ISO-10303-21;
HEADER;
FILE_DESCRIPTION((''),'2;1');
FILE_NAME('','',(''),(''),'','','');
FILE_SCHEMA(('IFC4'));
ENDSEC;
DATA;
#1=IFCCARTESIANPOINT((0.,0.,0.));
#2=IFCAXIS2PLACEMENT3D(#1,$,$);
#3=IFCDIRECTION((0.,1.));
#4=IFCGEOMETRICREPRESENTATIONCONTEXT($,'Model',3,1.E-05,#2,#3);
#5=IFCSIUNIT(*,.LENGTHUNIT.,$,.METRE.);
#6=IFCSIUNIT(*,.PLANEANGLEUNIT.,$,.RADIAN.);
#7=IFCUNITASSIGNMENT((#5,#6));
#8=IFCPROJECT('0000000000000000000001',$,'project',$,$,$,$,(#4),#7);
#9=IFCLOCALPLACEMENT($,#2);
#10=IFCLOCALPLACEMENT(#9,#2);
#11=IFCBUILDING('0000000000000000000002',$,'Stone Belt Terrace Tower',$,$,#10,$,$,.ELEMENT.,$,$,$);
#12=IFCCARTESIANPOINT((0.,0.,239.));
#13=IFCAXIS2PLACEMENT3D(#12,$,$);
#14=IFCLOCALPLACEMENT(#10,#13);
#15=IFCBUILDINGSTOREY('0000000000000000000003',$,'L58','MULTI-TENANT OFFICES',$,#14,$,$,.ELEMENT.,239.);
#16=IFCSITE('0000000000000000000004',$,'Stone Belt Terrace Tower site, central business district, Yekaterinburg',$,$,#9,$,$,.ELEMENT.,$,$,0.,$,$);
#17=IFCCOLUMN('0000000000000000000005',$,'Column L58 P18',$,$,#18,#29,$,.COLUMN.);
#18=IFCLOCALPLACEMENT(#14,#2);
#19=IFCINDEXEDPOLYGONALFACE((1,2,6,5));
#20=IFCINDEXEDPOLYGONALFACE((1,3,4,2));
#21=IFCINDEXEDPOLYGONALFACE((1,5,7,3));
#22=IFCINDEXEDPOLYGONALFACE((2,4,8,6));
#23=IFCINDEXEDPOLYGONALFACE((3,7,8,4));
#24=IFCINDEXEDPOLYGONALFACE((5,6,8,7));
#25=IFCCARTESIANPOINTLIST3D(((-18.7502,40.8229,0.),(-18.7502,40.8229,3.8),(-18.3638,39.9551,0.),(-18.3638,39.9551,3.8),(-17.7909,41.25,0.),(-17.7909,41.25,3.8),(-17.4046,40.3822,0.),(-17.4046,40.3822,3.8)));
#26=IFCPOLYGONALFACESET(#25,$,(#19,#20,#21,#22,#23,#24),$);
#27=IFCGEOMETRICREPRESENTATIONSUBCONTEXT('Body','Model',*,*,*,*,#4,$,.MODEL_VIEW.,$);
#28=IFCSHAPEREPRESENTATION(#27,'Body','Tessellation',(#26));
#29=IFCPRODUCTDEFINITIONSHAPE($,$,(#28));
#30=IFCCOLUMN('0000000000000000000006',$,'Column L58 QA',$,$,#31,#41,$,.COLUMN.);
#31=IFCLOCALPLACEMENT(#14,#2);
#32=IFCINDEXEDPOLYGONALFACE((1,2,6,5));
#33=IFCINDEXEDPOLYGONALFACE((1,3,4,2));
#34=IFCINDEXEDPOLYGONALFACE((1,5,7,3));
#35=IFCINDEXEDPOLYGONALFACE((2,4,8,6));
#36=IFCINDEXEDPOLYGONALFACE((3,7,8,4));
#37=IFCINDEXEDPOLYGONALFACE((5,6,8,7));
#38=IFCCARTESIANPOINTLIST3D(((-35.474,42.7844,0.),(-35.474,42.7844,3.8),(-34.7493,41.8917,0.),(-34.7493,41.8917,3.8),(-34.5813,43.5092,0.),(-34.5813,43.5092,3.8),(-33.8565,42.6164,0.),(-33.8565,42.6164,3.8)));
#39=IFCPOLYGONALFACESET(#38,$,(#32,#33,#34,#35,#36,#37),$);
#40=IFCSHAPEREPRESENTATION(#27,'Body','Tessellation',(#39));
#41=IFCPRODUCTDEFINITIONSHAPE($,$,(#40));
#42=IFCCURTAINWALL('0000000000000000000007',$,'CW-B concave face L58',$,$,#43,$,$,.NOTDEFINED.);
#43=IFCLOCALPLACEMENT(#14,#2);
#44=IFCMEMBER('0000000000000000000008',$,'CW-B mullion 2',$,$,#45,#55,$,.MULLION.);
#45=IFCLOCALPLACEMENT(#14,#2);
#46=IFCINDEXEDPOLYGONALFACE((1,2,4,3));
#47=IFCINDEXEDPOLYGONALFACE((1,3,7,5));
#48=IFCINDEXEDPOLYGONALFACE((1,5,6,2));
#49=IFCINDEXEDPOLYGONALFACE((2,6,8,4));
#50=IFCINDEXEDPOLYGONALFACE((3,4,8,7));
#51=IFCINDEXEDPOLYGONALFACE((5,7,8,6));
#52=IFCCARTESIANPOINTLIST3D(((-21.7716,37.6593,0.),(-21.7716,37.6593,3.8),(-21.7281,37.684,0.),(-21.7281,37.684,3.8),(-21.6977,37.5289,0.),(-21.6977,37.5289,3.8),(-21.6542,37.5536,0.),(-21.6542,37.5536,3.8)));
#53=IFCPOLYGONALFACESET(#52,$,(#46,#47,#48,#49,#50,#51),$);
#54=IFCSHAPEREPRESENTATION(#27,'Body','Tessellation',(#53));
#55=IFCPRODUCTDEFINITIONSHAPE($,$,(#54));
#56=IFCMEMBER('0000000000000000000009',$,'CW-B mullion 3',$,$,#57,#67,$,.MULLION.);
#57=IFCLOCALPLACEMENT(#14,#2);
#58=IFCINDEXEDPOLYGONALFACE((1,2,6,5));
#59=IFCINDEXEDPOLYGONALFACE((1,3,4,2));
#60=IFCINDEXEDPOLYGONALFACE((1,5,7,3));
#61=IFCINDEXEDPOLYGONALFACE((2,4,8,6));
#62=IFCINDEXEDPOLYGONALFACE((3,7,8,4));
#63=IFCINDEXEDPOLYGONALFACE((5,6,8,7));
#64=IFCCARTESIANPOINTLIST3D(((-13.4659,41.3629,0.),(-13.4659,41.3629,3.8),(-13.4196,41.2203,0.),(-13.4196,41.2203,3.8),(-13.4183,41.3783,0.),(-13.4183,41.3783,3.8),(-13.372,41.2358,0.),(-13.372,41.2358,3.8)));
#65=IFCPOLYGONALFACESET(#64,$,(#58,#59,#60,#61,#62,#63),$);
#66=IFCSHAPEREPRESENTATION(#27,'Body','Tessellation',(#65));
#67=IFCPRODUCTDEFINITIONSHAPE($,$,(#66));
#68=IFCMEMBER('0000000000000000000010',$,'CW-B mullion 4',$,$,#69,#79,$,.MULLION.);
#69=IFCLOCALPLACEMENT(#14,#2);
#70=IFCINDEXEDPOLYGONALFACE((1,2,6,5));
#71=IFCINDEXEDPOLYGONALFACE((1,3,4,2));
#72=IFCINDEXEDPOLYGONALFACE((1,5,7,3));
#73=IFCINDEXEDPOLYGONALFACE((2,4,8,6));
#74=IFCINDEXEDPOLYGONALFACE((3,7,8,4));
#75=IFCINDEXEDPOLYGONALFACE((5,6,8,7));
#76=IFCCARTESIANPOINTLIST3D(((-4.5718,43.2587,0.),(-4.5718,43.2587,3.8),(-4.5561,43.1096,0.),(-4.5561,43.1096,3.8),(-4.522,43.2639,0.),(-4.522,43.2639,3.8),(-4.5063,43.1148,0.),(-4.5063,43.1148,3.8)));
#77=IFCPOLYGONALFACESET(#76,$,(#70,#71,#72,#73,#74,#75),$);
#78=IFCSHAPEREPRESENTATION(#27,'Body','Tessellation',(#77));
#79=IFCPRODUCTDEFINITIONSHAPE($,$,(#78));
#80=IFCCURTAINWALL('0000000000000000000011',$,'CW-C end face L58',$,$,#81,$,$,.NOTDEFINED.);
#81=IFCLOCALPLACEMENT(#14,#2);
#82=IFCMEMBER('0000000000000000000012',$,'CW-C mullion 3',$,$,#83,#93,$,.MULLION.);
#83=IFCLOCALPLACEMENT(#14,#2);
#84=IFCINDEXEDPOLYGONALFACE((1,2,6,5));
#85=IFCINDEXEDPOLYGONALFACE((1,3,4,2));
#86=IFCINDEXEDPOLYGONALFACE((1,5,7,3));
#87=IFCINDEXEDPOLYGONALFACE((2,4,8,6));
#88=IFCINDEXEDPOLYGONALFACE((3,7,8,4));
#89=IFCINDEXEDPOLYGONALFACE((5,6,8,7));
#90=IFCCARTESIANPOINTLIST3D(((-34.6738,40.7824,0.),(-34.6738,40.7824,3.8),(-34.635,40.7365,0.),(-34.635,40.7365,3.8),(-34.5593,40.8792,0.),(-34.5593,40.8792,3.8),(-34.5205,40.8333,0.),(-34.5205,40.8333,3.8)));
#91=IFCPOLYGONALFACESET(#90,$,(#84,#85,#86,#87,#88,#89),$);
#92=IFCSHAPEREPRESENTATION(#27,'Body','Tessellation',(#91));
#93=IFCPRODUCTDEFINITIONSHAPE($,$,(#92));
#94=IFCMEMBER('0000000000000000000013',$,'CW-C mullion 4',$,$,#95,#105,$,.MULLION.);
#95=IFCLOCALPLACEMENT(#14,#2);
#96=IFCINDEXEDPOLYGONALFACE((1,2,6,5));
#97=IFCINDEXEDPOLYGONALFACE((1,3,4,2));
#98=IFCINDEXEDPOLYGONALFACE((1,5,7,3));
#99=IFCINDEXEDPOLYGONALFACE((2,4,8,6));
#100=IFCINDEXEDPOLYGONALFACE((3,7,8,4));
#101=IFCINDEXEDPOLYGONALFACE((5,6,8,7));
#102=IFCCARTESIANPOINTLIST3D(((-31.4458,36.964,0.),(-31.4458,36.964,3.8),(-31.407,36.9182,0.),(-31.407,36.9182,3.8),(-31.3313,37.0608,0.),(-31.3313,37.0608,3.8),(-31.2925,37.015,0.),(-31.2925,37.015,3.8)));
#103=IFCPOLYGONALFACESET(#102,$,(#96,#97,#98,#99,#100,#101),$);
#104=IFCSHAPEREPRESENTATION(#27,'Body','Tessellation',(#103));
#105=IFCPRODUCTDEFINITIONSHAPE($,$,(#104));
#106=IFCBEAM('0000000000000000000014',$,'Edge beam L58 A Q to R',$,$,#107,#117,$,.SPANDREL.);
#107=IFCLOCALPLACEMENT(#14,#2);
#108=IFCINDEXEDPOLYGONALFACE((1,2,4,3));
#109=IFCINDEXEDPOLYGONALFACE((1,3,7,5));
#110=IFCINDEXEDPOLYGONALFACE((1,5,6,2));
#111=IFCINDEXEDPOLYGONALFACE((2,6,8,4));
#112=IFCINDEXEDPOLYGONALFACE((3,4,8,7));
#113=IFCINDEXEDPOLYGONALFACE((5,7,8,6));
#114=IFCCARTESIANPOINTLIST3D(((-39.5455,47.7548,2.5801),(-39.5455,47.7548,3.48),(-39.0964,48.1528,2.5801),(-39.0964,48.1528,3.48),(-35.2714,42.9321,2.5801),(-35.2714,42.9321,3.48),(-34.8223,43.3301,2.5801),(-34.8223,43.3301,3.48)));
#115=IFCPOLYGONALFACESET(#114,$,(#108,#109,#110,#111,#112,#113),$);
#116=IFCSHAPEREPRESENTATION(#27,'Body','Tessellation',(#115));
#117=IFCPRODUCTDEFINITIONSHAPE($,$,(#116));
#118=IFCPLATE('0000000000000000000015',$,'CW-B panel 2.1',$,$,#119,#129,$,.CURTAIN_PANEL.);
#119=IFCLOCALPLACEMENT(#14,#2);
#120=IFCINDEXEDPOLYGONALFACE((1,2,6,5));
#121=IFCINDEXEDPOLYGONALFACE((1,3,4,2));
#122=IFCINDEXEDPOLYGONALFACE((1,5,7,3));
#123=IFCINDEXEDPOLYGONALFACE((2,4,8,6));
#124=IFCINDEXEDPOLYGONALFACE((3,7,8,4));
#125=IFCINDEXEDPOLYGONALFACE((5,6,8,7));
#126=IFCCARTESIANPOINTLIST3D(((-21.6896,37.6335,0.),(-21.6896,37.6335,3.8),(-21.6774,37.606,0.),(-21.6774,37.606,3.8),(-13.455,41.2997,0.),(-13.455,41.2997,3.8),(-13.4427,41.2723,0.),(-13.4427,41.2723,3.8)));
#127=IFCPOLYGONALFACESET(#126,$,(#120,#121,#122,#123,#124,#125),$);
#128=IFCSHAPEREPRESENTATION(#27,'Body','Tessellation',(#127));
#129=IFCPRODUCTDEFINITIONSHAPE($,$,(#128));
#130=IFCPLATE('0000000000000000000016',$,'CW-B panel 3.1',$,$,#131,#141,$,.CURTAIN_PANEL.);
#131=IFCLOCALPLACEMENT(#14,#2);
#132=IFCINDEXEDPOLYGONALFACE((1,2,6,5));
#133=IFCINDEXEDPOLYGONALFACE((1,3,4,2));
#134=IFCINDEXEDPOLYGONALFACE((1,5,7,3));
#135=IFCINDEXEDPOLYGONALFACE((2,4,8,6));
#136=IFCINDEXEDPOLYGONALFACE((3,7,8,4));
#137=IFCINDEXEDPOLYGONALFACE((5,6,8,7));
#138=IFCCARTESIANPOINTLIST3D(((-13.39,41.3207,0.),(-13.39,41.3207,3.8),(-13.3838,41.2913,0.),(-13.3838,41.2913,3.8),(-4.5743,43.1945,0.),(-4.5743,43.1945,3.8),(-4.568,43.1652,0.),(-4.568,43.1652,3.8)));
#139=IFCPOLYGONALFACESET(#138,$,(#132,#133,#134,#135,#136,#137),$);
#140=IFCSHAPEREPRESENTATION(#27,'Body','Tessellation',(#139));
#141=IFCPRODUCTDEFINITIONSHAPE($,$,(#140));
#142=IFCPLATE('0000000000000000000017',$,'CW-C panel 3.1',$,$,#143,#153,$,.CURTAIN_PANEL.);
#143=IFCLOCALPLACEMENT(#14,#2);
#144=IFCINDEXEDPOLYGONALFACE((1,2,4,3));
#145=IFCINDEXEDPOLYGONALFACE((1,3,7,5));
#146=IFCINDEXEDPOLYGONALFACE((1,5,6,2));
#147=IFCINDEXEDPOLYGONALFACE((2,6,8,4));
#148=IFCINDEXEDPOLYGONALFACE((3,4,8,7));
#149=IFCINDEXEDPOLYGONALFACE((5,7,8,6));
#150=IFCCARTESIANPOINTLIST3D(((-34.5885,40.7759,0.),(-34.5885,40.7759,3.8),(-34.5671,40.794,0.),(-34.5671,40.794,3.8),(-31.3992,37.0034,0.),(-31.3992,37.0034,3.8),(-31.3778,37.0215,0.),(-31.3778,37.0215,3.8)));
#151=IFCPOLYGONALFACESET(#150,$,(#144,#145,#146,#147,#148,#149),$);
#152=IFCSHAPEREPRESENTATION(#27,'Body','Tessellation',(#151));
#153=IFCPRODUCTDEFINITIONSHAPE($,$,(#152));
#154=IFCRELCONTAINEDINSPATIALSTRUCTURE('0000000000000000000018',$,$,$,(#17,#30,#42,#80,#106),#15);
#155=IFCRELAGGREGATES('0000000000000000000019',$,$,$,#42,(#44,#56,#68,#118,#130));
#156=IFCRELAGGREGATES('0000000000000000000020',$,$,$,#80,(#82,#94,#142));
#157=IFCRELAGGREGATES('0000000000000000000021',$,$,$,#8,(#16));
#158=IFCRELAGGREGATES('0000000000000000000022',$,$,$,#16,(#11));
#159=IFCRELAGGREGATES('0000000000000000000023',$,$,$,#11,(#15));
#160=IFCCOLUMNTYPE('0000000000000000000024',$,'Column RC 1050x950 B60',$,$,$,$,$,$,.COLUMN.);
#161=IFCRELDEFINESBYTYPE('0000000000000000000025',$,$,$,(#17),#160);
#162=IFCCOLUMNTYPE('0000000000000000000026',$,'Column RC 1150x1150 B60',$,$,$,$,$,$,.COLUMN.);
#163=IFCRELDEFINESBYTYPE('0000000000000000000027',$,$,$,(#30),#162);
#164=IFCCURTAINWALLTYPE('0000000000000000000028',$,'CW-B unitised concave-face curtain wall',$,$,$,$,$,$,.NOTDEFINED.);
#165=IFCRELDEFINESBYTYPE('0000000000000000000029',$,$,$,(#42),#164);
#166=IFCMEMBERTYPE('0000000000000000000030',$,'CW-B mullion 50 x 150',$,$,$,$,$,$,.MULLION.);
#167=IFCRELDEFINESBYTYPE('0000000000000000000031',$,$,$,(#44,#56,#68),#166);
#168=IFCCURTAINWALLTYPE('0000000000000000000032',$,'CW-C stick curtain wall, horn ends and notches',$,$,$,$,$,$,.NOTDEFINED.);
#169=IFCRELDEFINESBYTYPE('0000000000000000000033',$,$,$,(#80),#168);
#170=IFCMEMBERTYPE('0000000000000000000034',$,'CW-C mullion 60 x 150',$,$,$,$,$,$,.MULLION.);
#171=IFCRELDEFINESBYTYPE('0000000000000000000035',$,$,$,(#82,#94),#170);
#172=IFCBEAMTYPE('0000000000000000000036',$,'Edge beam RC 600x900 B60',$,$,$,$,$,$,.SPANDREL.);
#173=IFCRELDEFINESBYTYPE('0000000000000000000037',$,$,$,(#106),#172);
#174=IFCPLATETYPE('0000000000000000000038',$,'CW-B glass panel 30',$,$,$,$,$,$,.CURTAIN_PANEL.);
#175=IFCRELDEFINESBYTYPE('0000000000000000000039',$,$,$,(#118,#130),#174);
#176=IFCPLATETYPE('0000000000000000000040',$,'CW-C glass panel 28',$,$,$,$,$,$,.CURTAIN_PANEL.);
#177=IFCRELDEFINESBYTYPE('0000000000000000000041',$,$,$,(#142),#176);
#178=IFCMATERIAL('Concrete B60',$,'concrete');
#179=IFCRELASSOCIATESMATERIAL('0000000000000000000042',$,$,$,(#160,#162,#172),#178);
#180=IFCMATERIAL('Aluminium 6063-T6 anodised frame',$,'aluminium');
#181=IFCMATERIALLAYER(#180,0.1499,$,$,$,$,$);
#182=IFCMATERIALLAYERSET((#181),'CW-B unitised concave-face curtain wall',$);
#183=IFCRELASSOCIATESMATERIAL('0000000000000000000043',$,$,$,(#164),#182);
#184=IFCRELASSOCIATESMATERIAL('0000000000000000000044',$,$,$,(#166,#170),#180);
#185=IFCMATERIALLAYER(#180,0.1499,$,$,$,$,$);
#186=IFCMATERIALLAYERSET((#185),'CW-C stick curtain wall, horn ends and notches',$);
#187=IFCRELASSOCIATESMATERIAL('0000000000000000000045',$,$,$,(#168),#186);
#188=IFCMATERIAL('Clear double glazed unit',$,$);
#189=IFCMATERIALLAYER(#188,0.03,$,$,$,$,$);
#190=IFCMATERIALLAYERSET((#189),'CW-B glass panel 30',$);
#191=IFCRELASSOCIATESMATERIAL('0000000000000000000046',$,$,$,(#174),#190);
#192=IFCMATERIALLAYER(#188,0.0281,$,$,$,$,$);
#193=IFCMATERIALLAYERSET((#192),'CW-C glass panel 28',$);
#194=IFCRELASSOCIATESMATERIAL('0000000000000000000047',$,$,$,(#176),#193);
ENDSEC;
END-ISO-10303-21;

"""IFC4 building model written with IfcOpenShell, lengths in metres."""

from ifc_helpers import new_model, si_unit, direction, frame, origin, origin_2d, place, context, subcontext, project, spatial, rectangle, extrude, material, layer, layer_set, material_profile, profile_set, type_object, element, aggregate, save


model = new_model("IFC4")

# Units and contexts
model_context = context("Model", 3, precision=1e-05, world=origin(), true_north=direction((0.0, 1.0)))
body_context = subcontext(model_context, "Body", "Model", "MODEL_VIEW")
ifc_project = project(units=[si_unit("LENGTHUNIT", "METRE"), si_unit("PLANEANGLEUNIT", "RADIAN")], contexts=[model_context])

# Site, building, storey
site_placement = place(None, origin())
site = spatial("IfcSite", under=ifc_project, at=site_placement, Name="Stone Belt Terrace Tower site, central business district, Yekaterinburg", CompositionType="ELEMENT", RefElevation=0.0)
building_placement = place(site_placement, origin())
building = spatial("IfcBuilding", under=site, at=building_placement, Name="Stone Belt Terrace Tower", CompositionType="ELEMENT")
storey_placement = place(building_placement, frame((0.0, 0.0, 239.0)))
storey = spatial("IfcBuildingStorey", under=building, at=storey_placement, Name="L58", Description="MULTI-TENANT OFFICES", CompositionType="ELEMENT", Elevation=239.0)

# Columns
ifc_material_1 = material(Name="Concrete B60", Category="concrete")
ifc_material_profile_1 = material_profile(ifc_material_1, rectangle(XDim=1.05, YDim=0.95, at=origin_2d()), Name="RC 1050x950")
ifc_profile_set_1 = profile_set([ifc_material_profile_1], Name="Concrete B60")
column_type_1 = type_object("IfcColumnType", Name="Column RC 1050x950 B60", PredefinedType="COLUMN", material=ifc_profile_set_1)
column_1_placement = place(storey_placement, frame((-18.0774, 40.6025, 0.0), z_axis=(0.0, 0.0, 1.0), x_axis=(0.913545, 0.406737, 0.0)))
element("IfcColumn", 1, at=column_1_placement, inside=storey, type_object=column_type_1, Name="Column L58 P18", PredefinedType="COLUMN", context=body_context, shape_type="SweptSolid", body=[
    extrude(rectangle(XDim=1.05, YDim=0.95, at=origin_2d()), origin(), (0.0, 0.0, 1.0), 3.8),
])
ifc_material_profile_2 = material_profile(ifc_material_1, rectangle(XDim=1.1499, YDim=1.1499, at=origin_2d()), Name="RC 1150x1150")
ifc_profile_set_2 = profile_set([ifc_material_profile_2], Name="Concrete B60")
column_type_2 = type_object("IfcColumnType", Name="Column RC 1150x1150 B60", PredefinedType="COLUMN", material=ifc_profile_set_2)
column_2_placement = place(storey_placement, frame((-34.6653, 42.7004, 0.0), z_axis=(0.0, 0.0, 1.0), x_axis=(0.776371, 0.630276, 0.0)))
element("IfcColumn", 2, at=column_2_placement, inside=storey, type_object=column_type_2, Name="Column L58 QA", PredefinedType="COLUMN", context=body_context, shape_type="SweptSolid", body=[
    extrude(rectangle(XDim=1.1499, YDim=1.1499, at=origin_2d()), origin(), (0.0, 0.0, 1.0), 3.8),
])

# Curtain walls, members
ifc_material_2 = material(Name="Aluminium 6063-T6 anodised frame", Category="aluminium")
ifc_layer_1 = layer(ifc_material_2, 0.1499)
ifc_layer_set_1 = layer_set([ifc_layer_1], Name="CW-B unitised concave-face curtain wall")
curtain_wall_type_1 = type_object("IfcCurtainWallType", Name="CW-B unitised concave-face curtain wall", PredefinedType="NOTDEFINED", material=ifc_layer_set_1)
curtain_wall_1_placement = place(storey_placement, origin())
curtain_wall_1 = element("IfcCurtainWall", 3, at=curtain_wall_1_placement, inside=storey, type_object=curtain_wall_type_1, Name="CW-B concave face L58", PredefinedType="NOTDEFINED")
ifc_material_profile_3 = material_profile(ifc_material_2, rectangle(XDim=0.1499, YDim=0.05, at=origin_2d()), Name="Aluminium 6063-T6 50x150")
ifc_profile_set_3 = profile_set([ifc_material_profile_3], Name="Aluminium 6063-T6 anodised frame")
member_type_1 = type_object("IfcMemberType", Name="CW-B mullion 50 x 150", PredefinedType="MULLION", material=ifc_profile_set_3)
member_1_placement = place(storey_placement, frame((-21.7129, 37.6064, 0.0), z_axis=(0.0, 0.0, 1.0), x_axis=(-0.493225, 0.869901, 0.0)))
member_1 = element("IfcMember", 4, at=member_1_placement, type_object=member_type_1, Name="CW-B mullion 2", PredefinedType="MULLION", context=body_context, shape_type="SweptSolid", body=[
    extrude(rectangle(XDim=0.1499, YDim=0.05, at=origin_2d()), origin(), (0.0, 0.0, 1.0), 3.8),
])
member_2_placement = place(storey_placement, frame((-13.4189, 41.2993, 0.0), z_axis=(0.0, 0.0, 1.0), x_axis=(-0.309017, 0.951057, 0.0)))
member_2 = element("IfcMember", 5, at=member_2_placement, type_object=member_type_1, Name="CW-B mullion 3", PredefinedType="MULLION", context=body_context, shape_type="SweptSolid", body=[
    extrude(rectangle(XDim=0.1499, YDim=0.05, at=origin_2d()), origin(), (0.0, 0.0, 1.0), 3.8),
])
member_3_placement = place(storey_placement, frame((-4.5391, 43.1868, 0.0), z_axis=(0.0, 0.0, 1.0), x_axis=(-0.104528, 0.994522, 0.0)))
member_3 = element("IfcMember", 6, at=member_3_placement, type_object=member_type_1, Name="CW-B mullion 4", PredefinedType="MULLION", context=body_context, shape_type="SweptSolid", body=[
    extrude(rectangle(XDim=0.1499, YDim=0.05, at=origin_2d()), origin(), (0.0, 0.0, 1.0), 3.8),
])
ifc_layer_2 = layer(ifc_material_2, 0.1499)
ifc_layer_set_2 = layer_set([ifc_layer_2], Name="CW-C stick curtain wall, horn ends and notches")
curtain_wall_type_2 = type_object("IfcCurtainWallType", Name="CW-C stick curtain wall, horn ends and notches", PredefinedType="NOTDEFINED", material=ifc_layer_set_2)
curtain_wall_2_placement = place(storey_placement, origin())
curtain_wall_2 = element("IfcCurtainWall", 7, at=curtain_wall_2_placement, inside=storey, type_object=curtain_wall_type_2, Name="CW-C end face L58", PredefinedType="NOTDEFINED")
ifc_material_profile_4 = material_profile(ifc_material_2, rectangle(XDim=0.1499, YDim=0.0601, at=origin_2d()), Name="Aluminium 6063-T6 60x150")
ifc_profile_set_4 = profile_set([ifc_material_profile_4], Name="Aluminium 6063-T6 anodised frame")
member_type_2 = type_object("IfcMemberType", Name="CW-C mullion 60 x 150", PredefinedType="MULLION", material=ifc_profile_set_4)
member_4_placement = place(storey_placement, frame((-34.5972, 40.8079, 0.0), z_axis=(0.0, 0.0, 1.0), x_axis=(0.76367, 0.645607, 0.0)))
member_4 = element("IfcMember", 8, at=member_4_placement, type_object=member_type_2, Name="CW-C mullion 3", PredefinedType="MULLION", context=body_context, shape_type="SweptSolid", body=[
    extrude(rectangle(XDim=0.1499, YDim=0.0601, at=origin_2d()), origin(), (0.0, 0.0, 1.0), 3.8),
])
member_5_placement = place(storey_placement, frame((-31.3691, 36.9895, 0.0), z_axis=(0.0, 0.0, 1.0), x_axis=(0.76367, 0.645607, 0.0)))
member_5 = element("IfcMember", 9, at=member_5_placement, type_object=member_type_2, Name="CW-C mullion 4", PredefinedType="MULLION", context=body_context, shape_type="SweptSolid", body=[
    extrude(rectangle(XDim=0.1499, YDim=0.0601, at=origin_2d()), origin(), (0.0, 0.0, 1.0), 3.8),
])

# Beam
ifc_material_profile_5 = material_profile(ifc_material_1, rectangle(XDim=0.6001, YDim=0.8999, at=origin_2d()), Name="RC 600x900")
ifc_profile_set_5 = profile_set([ifc_material_profile_5], Name="Concrete B60")
beam_type = type_object("IfcBeamType", Name="Edge beam RC 600x900 B60", PredefinedType="SPANDREL", material=ifc_profile_set_5)
beam_placement = place(storey_placement, frame((-35.0469, 43.1311, 3.03), z_axis=(-0.66326, 0.748389, 0.0), x_axis=(-0.748389, -0.66326, 0.0)))
element("IfcBeam", 10, at=beam_placement, inside=storey, type_object=beam_type, Name="Edge beam L58 A Q to R", PredefinedType="SPANDREL", context=body_context, shape_type="SweptSolid", body=[
    extrude(rectangle(XDim=0.6001, YDim=0.8999, at=origin_2d()), origin(), (0.0, 0.0, 1.0), 6.4441),
])

# Plates
ifc_material_3 = material(Name="Clear double glazed unit")
ifc_layer_3 = layer(ifc_material_3, 0.03)
ifc_layer_set_3 = layer_set([ifc_layer_3], Name="CW-B glass panel 30")
plate_type_1 = type_object("IfcPlateType", Name="CW-B glass panel 30", PredefinedType="CURTAIN_PANEL", material=ifc_layer_set_3)
plate_1_placement = place(storey_placement, frame((-17.5662, 39.4529, 0.0), z_axis=(0.0, 0.0, 1.0), x_axis=(0.913545, 0.406737, 0.0)))
plate_1 = element("IfcPlate", 11, at=plate_1_placement, type_object=plate_type_1, Name="CW-B panel 2.1", PredefinedType="CURTAIN_PANEL", context=body_context, shape_type="SweptSolid", body=[
    extrude(rectangle(XDim=9.0139, YDim=0.03, at=origin_2d()), origin(), (0.0, 0.0, 1.0), 3.8),
])
plate_2_placement = place(storey_placement, frame((-8.979, 42.2429, 0.0), z_axis=(0.0, 0.0, 1.0), x_axis=(0.978148, 0.207912, 0.0)))
plate_2 = element("IfcPlate", 12, at=plate_2_placement, type_object=plate_type_1, Name="CW-B panel 3.1", PredefinedType="CURTAIN_PANEL", context=body_context, shape_type="SweptSolid", body=[
    extrude(rectangle(XDim=9.0127, YDim=0.03, at=origin_2d()), origin(), (0.0, 0.0, 1.0), 3.8),
])
aggregate(curtain_wall_1, [member_1, member_2, member_3, plate_1, plate_2])
ifc_layer_4 = layer(ifc_material_3, 0.0281)
ifc_layer_set_4 = layer_set([ifc_layer_4], Name="CW-C glass panel 28")
plate_type_2 = type_object("IfcPlateType", Name="CW-C glass panel 28", PredefinedType="CURTAIN_PANEL", material=ifc_layer_set_4)
plate_3_placement = place(storey_placement, frame((-32.9832, 38.8987, 0.0), z_axis=(0.0, 0.0, 1.0), x_axis=(0.645607, -0.76367, 0.0)))
plate_3 = element("IfcPlate", 13, at=plate_3_placement, type_object=plate_type_2, Name="CW-C panel 3.1", PredefinedType="CURTAIN_PANEL", context=body_context, shape_type="SweptSolid", body=[
    extrude(rectangle(XDim=4.9399, YDim=0.0281, at=origin_2d()), origin(), (0.0, 0.0, 1.0), 3.8),
])
aggregate(curtain_wall_2, [member_4, member_5, plate_3])

save(model, "model.ifc")
